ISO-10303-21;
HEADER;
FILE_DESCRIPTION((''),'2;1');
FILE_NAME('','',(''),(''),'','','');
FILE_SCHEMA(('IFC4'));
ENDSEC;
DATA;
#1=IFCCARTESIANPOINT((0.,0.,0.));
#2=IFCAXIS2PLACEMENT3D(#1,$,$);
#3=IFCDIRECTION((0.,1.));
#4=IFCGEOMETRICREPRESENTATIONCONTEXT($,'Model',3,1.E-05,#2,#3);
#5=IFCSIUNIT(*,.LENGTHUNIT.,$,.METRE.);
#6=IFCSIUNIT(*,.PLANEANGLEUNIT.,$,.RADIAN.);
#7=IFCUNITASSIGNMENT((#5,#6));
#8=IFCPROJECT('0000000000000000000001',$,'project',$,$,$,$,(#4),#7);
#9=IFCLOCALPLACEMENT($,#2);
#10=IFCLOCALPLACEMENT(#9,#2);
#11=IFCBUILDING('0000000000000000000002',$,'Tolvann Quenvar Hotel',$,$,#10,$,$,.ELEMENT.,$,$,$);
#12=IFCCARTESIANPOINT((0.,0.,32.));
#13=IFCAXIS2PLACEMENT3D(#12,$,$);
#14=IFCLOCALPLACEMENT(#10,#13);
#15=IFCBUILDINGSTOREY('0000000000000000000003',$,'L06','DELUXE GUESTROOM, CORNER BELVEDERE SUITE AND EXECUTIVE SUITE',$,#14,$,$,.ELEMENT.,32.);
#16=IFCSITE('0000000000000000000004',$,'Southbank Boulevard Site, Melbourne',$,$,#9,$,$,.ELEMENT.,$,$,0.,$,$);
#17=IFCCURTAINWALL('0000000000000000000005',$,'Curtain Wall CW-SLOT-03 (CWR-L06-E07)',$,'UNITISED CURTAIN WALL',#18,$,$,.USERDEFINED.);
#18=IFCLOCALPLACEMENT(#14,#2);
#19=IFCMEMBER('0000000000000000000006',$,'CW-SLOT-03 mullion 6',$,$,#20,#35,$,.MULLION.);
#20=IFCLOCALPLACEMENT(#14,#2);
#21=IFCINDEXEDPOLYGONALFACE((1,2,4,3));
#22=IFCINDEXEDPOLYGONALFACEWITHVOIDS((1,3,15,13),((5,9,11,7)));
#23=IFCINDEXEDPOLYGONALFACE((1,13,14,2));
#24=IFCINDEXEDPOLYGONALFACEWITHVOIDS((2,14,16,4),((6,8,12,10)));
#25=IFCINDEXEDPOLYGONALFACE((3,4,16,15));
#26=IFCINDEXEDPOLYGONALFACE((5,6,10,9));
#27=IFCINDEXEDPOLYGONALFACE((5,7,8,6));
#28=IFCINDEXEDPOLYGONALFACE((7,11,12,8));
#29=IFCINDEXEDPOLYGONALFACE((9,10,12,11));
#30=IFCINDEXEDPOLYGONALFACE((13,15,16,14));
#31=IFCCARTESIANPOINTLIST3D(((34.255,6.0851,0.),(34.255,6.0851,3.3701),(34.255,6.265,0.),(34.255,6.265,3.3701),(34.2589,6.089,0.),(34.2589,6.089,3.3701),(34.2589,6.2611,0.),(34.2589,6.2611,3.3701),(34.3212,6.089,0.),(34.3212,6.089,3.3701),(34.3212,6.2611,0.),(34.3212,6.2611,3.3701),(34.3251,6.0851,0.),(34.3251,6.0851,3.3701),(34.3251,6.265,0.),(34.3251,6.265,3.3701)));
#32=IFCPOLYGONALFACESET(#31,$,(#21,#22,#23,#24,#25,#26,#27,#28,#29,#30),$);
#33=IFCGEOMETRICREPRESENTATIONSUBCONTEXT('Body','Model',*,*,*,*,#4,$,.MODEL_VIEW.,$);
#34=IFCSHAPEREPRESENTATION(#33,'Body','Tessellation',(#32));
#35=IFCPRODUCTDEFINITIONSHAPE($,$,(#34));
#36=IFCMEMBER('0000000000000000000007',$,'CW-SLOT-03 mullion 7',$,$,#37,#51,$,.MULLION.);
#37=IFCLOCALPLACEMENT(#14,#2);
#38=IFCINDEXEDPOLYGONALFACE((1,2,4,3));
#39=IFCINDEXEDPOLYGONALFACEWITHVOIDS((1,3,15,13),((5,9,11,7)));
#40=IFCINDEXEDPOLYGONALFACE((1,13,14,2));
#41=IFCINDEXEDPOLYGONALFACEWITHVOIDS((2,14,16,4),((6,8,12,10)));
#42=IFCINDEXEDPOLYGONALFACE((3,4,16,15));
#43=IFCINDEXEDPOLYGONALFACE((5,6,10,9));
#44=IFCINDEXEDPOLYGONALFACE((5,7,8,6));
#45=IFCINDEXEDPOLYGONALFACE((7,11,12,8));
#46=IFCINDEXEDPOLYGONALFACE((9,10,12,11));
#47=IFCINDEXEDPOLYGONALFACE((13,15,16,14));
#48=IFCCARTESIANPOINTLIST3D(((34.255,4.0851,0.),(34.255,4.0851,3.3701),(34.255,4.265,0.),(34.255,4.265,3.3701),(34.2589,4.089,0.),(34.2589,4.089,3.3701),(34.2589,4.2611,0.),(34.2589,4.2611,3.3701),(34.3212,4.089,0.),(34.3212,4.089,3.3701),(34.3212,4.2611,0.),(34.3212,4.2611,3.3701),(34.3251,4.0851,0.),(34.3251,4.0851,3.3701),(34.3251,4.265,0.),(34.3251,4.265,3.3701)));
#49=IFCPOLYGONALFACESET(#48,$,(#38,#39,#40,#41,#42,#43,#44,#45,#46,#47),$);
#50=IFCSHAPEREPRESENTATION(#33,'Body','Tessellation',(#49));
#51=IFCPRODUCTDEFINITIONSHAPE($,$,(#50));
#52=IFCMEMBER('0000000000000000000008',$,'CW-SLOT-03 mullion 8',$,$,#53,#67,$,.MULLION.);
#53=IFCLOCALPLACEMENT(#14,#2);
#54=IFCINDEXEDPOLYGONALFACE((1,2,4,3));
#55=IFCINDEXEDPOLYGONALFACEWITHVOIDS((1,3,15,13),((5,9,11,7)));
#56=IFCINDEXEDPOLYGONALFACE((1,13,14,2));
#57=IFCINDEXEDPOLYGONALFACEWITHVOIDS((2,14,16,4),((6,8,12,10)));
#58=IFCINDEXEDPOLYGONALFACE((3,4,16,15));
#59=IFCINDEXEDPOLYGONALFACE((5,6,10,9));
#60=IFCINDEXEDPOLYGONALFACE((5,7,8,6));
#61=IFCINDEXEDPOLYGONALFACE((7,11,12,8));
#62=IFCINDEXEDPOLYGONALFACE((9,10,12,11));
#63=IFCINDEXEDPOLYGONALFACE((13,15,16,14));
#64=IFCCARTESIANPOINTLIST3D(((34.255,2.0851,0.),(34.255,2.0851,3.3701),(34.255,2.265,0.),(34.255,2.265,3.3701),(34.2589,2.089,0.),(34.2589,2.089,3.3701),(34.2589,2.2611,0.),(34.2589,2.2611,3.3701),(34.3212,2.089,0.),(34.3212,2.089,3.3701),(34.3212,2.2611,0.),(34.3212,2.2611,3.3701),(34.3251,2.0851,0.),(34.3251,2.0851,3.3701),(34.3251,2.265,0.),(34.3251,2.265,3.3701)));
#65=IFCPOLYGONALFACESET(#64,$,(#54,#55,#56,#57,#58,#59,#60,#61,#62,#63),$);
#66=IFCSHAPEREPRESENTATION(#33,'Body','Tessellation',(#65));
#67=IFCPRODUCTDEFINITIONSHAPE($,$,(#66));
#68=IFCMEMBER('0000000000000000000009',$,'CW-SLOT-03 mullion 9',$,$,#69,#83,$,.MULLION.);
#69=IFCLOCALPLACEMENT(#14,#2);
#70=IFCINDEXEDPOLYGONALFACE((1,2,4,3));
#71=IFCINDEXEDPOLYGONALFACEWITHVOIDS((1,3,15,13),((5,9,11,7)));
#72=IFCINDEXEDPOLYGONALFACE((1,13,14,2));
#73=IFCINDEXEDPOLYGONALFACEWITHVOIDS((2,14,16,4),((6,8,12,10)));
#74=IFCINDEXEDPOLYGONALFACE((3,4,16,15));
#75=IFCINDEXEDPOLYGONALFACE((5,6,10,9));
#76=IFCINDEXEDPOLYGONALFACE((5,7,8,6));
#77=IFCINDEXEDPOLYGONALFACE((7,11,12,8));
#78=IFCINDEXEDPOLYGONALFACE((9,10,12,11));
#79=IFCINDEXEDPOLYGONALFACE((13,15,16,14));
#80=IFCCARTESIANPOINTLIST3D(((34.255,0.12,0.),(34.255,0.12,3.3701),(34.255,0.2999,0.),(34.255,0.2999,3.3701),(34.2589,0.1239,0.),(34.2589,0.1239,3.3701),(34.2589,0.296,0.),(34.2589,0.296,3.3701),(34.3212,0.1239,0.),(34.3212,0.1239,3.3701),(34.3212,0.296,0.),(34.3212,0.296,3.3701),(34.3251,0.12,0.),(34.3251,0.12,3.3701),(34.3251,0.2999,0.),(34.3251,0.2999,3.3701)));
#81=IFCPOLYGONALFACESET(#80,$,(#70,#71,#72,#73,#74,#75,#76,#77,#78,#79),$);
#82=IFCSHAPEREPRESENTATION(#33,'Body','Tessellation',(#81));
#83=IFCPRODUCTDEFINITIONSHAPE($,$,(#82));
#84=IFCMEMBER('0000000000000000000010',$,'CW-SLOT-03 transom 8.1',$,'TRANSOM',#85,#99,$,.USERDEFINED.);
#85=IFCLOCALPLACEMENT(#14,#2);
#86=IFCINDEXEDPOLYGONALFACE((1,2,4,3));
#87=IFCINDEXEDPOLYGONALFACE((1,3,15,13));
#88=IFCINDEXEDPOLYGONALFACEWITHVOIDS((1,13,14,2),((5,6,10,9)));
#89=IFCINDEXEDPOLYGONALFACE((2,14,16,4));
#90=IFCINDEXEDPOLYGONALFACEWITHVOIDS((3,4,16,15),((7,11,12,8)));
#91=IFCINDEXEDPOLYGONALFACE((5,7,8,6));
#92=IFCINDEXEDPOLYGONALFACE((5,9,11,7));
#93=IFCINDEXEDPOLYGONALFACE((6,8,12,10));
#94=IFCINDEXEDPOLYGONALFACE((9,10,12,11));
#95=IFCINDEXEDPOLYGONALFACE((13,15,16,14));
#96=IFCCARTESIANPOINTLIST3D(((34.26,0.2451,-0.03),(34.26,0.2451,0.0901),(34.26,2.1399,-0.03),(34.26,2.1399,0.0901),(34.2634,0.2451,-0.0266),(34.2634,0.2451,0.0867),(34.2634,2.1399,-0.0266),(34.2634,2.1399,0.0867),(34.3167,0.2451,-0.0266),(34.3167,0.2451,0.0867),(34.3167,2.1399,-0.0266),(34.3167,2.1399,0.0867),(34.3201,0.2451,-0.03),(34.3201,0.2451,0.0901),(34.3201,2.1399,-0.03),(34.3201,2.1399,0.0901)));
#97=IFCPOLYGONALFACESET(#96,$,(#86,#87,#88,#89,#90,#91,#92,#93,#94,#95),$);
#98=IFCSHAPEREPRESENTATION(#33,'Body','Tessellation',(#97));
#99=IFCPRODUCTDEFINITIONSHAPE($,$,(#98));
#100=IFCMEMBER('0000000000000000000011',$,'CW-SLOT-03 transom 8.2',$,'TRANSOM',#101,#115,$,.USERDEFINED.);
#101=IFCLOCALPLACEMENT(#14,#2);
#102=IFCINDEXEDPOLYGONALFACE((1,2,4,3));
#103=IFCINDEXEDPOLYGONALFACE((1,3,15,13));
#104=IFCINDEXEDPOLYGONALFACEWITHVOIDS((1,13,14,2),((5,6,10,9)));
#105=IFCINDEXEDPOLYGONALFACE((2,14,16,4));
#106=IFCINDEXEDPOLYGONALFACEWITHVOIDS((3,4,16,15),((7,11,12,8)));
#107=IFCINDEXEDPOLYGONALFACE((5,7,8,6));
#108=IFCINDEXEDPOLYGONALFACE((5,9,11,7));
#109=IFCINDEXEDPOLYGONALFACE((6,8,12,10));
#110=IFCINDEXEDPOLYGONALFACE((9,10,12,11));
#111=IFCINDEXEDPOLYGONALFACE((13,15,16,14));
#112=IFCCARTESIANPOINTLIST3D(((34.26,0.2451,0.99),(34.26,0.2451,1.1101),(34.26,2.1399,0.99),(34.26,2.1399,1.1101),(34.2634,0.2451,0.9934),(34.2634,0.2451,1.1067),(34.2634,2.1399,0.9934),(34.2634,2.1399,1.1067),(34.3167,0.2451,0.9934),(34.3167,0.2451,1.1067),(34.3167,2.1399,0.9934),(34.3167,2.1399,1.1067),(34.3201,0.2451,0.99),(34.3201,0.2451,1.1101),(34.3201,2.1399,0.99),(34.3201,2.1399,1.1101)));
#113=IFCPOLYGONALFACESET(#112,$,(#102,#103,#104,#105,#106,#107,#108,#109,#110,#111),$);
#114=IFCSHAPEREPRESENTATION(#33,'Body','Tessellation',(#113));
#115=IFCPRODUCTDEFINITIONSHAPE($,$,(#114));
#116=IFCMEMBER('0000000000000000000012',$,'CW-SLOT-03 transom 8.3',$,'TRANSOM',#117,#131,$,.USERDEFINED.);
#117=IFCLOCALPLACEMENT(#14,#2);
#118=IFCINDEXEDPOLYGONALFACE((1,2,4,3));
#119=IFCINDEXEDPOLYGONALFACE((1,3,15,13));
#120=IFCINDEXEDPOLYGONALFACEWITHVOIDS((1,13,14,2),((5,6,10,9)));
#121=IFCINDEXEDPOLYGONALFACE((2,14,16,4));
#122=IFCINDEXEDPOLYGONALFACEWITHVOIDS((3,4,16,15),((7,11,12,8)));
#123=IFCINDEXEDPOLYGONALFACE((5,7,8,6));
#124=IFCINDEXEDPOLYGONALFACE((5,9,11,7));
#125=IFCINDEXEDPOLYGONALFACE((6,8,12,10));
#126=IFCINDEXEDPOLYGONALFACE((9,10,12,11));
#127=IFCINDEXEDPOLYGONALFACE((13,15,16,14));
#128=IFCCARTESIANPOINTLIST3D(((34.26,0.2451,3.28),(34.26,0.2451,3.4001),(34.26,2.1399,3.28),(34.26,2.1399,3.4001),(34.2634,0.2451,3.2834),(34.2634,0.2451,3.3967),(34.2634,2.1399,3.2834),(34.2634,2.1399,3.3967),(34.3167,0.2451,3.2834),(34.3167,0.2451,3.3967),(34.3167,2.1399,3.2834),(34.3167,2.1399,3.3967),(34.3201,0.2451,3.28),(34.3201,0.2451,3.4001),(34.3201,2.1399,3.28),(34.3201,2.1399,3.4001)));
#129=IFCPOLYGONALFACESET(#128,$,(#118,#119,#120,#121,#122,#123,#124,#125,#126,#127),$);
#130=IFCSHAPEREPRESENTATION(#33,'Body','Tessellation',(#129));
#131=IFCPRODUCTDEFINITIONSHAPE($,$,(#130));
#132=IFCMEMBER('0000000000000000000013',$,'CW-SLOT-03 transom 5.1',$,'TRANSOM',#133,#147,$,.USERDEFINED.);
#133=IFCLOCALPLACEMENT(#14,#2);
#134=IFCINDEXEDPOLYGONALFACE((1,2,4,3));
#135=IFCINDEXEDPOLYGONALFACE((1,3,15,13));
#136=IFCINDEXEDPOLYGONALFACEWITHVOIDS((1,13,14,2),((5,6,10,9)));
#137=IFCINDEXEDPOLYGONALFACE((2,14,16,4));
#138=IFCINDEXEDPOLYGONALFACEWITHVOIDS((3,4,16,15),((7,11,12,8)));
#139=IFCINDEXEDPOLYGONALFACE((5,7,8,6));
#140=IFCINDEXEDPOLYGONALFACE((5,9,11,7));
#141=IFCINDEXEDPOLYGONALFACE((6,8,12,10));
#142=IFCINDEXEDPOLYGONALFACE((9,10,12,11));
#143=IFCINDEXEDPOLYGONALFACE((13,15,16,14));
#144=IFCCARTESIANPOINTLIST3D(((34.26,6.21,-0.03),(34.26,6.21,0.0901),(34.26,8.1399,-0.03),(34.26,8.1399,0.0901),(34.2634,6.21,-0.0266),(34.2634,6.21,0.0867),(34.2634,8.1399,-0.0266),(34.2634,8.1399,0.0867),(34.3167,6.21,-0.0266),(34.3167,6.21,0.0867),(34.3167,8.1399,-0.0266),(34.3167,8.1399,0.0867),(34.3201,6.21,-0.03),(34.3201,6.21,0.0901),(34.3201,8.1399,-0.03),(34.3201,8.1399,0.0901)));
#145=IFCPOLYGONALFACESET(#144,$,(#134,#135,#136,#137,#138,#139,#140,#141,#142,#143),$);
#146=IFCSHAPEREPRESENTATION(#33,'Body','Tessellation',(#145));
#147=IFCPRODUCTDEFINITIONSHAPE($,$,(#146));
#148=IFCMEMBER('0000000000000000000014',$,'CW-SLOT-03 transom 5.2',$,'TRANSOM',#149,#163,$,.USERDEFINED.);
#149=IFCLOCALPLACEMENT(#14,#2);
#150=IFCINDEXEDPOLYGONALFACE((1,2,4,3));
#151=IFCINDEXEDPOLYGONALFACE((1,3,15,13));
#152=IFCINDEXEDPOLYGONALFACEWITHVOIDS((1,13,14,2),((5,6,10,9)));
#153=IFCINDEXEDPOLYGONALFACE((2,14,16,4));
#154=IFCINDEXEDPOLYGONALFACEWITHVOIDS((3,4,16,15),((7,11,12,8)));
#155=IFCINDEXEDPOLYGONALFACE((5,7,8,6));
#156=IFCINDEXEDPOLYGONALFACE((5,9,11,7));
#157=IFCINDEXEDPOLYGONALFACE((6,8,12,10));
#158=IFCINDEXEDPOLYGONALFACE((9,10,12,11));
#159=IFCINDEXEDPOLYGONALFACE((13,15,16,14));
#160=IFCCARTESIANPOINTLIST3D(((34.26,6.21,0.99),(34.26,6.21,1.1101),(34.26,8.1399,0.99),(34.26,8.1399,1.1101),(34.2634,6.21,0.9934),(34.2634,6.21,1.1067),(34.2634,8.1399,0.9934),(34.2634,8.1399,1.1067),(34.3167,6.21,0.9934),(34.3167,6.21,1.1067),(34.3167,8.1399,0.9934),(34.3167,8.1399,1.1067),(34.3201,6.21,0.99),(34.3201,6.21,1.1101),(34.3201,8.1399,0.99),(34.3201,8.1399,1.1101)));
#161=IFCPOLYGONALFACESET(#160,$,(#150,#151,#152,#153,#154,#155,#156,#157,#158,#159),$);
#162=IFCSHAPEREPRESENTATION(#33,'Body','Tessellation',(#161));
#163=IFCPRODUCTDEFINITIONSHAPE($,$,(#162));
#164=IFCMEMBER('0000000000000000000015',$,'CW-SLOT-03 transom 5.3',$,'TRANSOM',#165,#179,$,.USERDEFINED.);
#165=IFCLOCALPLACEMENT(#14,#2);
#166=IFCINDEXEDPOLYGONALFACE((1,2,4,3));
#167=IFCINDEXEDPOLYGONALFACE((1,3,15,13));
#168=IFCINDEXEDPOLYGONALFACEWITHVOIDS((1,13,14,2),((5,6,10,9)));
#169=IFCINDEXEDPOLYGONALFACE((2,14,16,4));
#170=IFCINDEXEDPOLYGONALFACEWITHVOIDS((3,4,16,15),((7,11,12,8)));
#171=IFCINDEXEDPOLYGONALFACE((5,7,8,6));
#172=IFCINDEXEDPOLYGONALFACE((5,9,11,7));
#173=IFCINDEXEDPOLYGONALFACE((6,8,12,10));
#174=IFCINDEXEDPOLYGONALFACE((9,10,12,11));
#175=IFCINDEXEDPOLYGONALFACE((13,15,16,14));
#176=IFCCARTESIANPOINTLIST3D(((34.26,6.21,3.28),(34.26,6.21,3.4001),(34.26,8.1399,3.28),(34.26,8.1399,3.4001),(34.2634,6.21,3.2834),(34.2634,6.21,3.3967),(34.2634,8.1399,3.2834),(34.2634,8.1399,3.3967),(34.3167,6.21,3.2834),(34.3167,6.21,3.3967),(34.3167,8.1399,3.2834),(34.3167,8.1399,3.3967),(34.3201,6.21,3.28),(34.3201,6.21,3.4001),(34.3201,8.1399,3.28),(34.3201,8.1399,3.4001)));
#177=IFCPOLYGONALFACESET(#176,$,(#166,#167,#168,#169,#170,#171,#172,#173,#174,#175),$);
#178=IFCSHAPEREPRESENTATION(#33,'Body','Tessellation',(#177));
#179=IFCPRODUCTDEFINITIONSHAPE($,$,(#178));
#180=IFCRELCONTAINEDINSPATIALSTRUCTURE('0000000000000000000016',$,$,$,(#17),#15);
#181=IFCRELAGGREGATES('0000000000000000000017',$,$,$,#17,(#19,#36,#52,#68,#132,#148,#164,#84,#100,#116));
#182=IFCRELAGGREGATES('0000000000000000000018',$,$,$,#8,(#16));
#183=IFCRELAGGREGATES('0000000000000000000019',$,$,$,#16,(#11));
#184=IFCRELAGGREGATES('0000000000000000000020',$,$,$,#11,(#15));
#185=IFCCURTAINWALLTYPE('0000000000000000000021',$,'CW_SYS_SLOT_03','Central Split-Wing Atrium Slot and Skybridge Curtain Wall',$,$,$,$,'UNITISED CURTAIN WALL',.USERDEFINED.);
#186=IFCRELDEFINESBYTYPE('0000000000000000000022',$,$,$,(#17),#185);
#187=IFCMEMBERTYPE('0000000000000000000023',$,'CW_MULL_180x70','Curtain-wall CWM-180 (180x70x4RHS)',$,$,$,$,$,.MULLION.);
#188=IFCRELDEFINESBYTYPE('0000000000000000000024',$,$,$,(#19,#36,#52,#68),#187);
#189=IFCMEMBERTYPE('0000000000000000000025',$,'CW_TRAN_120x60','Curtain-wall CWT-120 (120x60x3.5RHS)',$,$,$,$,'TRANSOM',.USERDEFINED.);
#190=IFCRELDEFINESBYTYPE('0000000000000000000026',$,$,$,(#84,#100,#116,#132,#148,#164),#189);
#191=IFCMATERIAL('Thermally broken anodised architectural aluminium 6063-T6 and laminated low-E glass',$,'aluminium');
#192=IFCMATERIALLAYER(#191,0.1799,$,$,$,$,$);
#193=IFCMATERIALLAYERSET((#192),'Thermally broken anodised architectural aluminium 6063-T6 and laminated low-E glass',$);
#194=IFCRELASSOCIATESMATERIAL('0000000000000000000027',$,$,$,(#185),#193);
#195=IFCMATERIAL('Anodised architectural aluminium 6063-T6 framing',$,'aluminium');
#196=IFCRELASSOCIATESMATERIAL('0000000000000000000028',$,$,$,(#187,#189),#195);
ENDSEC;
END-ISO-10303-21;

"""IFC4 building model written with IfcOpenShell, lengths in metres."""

from ifc_helpers import new_model, si_unit, direction, frame, origin, origin_2d, place, context, subcontext, project, spatial, hollow_rectangle, extrude, source, transform, mapped, material, layer, layer_set, material_profile, profile_set, type_object, type_shapes, element, aggregate, save


model = new_model("IFC4")

# Units and contexts
model_context = context("Model", 3, precision=1e-05, world=origin(), true_north=direction((0.0, 1.0)))
body_context = subcontext(model_context, "Body", "Model", "MODEL_VIEW")
ifc_project = project(units=[si_unit("LENGTHUNIT", "METRE"), si_unit("PLANEANGLEUNIT", "RADIAN")], contexts=[model_context])

# Site, building, storey
site_placement = place(None, origin())
site = spatial("IfcSite", under=ifc_project, at=site_placement, Name="Southbank Boulevard Site, Melbourne", CompositionType="ELEMENT", RefElevation=0.0)
building_placement = place(site_placement, origin())
building = spatial("IfcBuilding", under=site, at=building_placement, Name="Tolvann Quenvar Hotel", CompositionType="ELEMENT")
storey_placement = place(building_placement, frame((0.0, 0.0, 32.0)))
storey = spatial("IfcBuildingStorey", under=building, at=storey_placement, Name="L06", Description="DELUXE GUESTROOM, CORNER BELVEDERE SUITE AND EXECUTIVE SUITE", CompositionType="ELEMENT", Elevation=32.0)

# Curtain wall, members
ifc_material_1 = material(Name="Thermally broken anodised architectural aluminium 6063-T6 and laminated low-E glass", Category="aluminium")
ifc_layer_1 = layer(ifc_material_1, 0.1799)
ifc_layer_set_1 = layer_set([ifc_layer_1], Name="Thermally broken anodised architectural aluminium 6063-T6 and laminated low-E glass")
curtain_wall_type = type_object("IfcCurtainWallType", Name="CW_SYS_SLOT_03", Description="Central Split-Wing Atrium Slot and Skybridge Curtain Wall", ElementType="UNITISED CURTAIN WALL", PredefinedType="USERDEFINED", material=ifc_layer_set_1)
curtain_wall_placement = place(storey_placement, origin())
curtain_wall = element("IfcCurtainWall", 1, at=curtain_wall_placement, inside=storey, type_object=curtain_wall_type, Name="Curtain Wall CW-SLOT-03 (CWR-L06-E07)", ObjectType="UNITISED CURTAIN WALL", PredefinedType="USERDEFINED")
ifc_material_2 = material(Name="Anodised architectural aluminium 6063-T6 framing", Category="aluminium")
ifc_material_profile_1 = material_profile(ifc_material_2, hollow_rectangle(XDim=0.0701, YDim=0.1799, WallThickness=0.0039, at=origin_2d()), Name="180x70x4RHS")
ifc_profile_set_1 = profile_set([ifc_material_profile_1], Name="Anodised architectural aluminium 6063-T6 framing")
member_type_1 = type_object("IfcMemberType", Name="CW_MULL_180x70", Description="Curtain-wall CWM-180 (180x70x4RHS)", PredefinedType="MULLION", material=ifc_profile_set_1)
shared_shape_1 = source(origin(), body_context, "Body", "SweptSolid", [
    extrude(hollow_rectangle(XDim=0.0701, YDim=0.1799, WallThickness=0.0039, at=origin_2d()), origin(), (0.0, 0.0, 1.0), 3.3701),
])
type_shapes(member_type_1, [shared_shape_1])
member_1_placement = place(storey_placement, frame((34.29, 6.175, 0.0), z_axis=(0.0, 0.0, 1.0), x_axis=(1.0, 0.0, 0.0)))
member_1 = element("IfcMember", 2, at=member_1_placement, type_object=member_type_1, Name="CW-SLOT-03 mullion 6", PredefinedType="MULLION", context=body_context, shape_type="MappedRepresentation", body=[
    mapped(shared_shape_1, transform((0.0, 0.0, 0.0), x_axis=(1.0, 0.0, 0.0), y_axis=(0.0, 1.0, 0.0), z_axis=(0.0, 0.0, 1.0), scale=1.0)),
])
member_2_placement = place(storey_placement, frame((34.29, 4.175, 0.0), z_axis=(0.0, 0.0, 1.0), x_axis=(1.0, 0.0, 0.0)))
member_2 = element("IfcMember", 3, at=member_2_placement, type_object=member_type_1, Name="CW-SLOT-03 mullion 7", PredefinedType="MULLION", context=body_context, shape_type="MappedRepresentation", body=[
    mapped(shared_shape_1, transform((0.0, 0.0, 0.0), x_axis=(1.0, 0.0, 0.0), y_axis=(0.0, 1.0, 0.0), z_axis=(0.0, 0.0, 1.0), scale=1.0)),
])
member_3_placement = place(storey_placement, frame((34.29, 2.175, 0.0), z_axis=(0.0, 0.0, 1.0), x_axis=(1.0, 0.0, 0.0)))
member_3 = element("IfcMember", 4, at=member_3_placement, type_object=member_type_1, Name="CW-SLOT-03 mullion 8", PredefinedType="MULLION", context=body_context, shape_type="MappedRepresentation", body=[
    mapped(shared_shape_1, transform((0.0, 0.0, 0.0), x_axis=(1.0, 0.0, 0.0), y_axis=(0.0, 1.0, 0.0), z_axis=(0.0, 0.0, 1.0), scale=1.0)),
])
member_4_placement = place(storey_placement, frame((34.29, 0.21, 0.0), z_axis=(0.0, 0.0, 1.0), x_axis=(1.0, 0.0, 0.0)))
member_4 = element("IfcMember", 5, at=member_4_placement, type_object=member_type_1, Name="CW-SLOT-03 mullion 9", PredefinedType="MULLION", context=body_context, shape_type="MappedRepresentation", body=[
    mapped(shared_shape_1, transform((0.0, 0.0, 0.0), x_axis=(1.0, 0.0, 0.0), y_axis=(0.0, 1.0, 0.0), z_axis=(0.0, 0.0, 1.0), scale=1.0)),
])
ifc_material_profile_2 = material_profile(ifc_material_2, hollow_rectangle(XDim=0.0601, YDim=0.1201, WallThickness=0.0034, at=origin_2d()), Name="120x60x3.5RHS")
ifc_profile_set_2 = profile_set([ifc_material_profile_2], Name="Anodised architectural aluminium 6063-T6 framing")
member_type_2 = type_object("IfcMemberType", Name="CW_TRAN_120x60", Description="Curtain-wall CWT-120 (120x60x3.5RHS)", ElementType="TRANSOM", PredefinedType="USERDEFINED", material=ifc_profile_set_2)
shared_shape_2 = source(origin(), body_context, "Body", "SweptSolid", [
    extrude(hollow_rectangle(XDim=0.0601, YDim=0.1201, WallThickness=0.0034, at=origin_2d()), origin(), (0.0, 0.0, 1.0), 1.8948),
])
member_5_placement = place(storey_placement, frame((34.29, 2.1399, 0.03), z_axis=(0.0, -1.0, 0.0), x_axis=(1.0, 0.0, 0.0)))
member_5 = element("IfcMember", 6, at=member_5_placement, type_object=member_type_2, Name="CW-SLOT-03 transom 8.1", ObjectType="TRANSOM", PredefinedType="USERDEFINED", context=body_context, shape_type="MappedRepresentation", body=[
    mapped(shared_shape_2, transform((0.0, 0.0, 0.0), x_axis=(1.0, 0.0, 0.0), y_axis=(0.0, 1.0, 0.0), z_axis=(0.0, 0.0, 1.0), scale=1.0)),
])
member_6_placement = place(storey_placement, frame((34.29, 2.1399, 1.05), z_axis=(0.0, -1.0, 0.0), x_axis=(1.0, 0.0, 0.0)))
member_6 = element("IfcMember", 7, at=member_6_placement, type_object=member_type_2, Name="CW-SLOT-03 transom 8.2", ObjectType="TRANSOM", PredefinedType="USERDEFINED", context=body_context, shape_type="MappedRepresentation", body=[
    mapped(shared_shape_2, transform((0.0, 0.0, 0.0), x_axis=(1.0, 0.0, 0.0), y_axis=(0.0, 1.0, 0.0), z_axis=(0.0, 0.0, 1.0), scale=1.0)),
])
member_7_placement = place(storey_placement, frame((34.29, 2.1399, 3.3401), z_axis=(0.0, -1.0, 0.0), x_axis=(1.0, 0.0, 0.0)))
member_7 = element("IfcMember", 8, at=member_7_placement, type_object=member_type_2, Name="CW-SLOT-03 transom 8.3", ObjectType="TRANSOM", PredefinedType="USERDEFINED", context=body_context, shape_type="MappedRepresentation", body=[
    mapped(shared_shape_2, transform((0.0, 0.0, 0.0), x_axis=(1.0, 0.0, 0.0), y_axis=(0.0, 1.0, 0.0), z_axis=(0.0, 0.0, 1.0), scale=1.0)),
])
shared_shape_3 = source(origin(), body_context, "Body", "SweptSolid", [
    extrude(hollow_rectangle(XDim=0.0601, YDim=0.1201, WallThickness=0.0034, at=origin_2d()), origin(), (0.0, 0.0, 1.0), 1.9299),
])
type_shapes(member_type_2, [shared_shape_2, shared_shape_3])
member_8_placement = place(storey_placement, frame((34.29, 8.1399, 0.03), z_axis=(0.0, -1.0, 0.0), x_axis=(1.0, 0.0, 0.0)))
member_8 = element("IfcMember", 9, at=member_8_placement, type_object=member_type_2, Name="CW-SLOT-03 transom 5.1", ObjectType="TRANSOM", PredefinedType="USERDEFINED", context=body_context, shape_type="MappedRepresentation", body=[
    mapped(shared_shape_3, transform((0.0, 0.0, 0.0), x_axis=(1.0, 0.0, 0.0), y_axis=(0.0, 1.0, 0.0), z_axis=(0.0, 0.0, 1.0), scale=1.0)),
])
member_9_placement = place(storey_placement, frame((34.29, 8.1399, 1.05), z_axis=(0.0, -1.0, 0.0), x_axis=(1.0, 0.0, 0.0)))
member_9 = element("IfcMember", 10, at=member_9_placement, type_object=member_type_2, Name="CW-SLOT-03 transom 5.2", ObjectType="TRANSOM", PredefinedType="USERDEFINED", context=body_context, shape_type="MappedRepresentation", body=[
    mapped(shared_shape_3, transform((0.0, 0.0, 0.0), x_axis=(1.0, 0.0, 0.0), y_axis=(0.0, 1.0, 0.0), z_axis=(0.0, 0.0, 1.0), scale=1.0)),
])
member_10_placement = place(storey_placement, frame((34.29, 8.1399, 3.3401), z_axis=(0.0, -1.0, 0.0), x_axis=(1.0, 0.0, 0.0)))
member_10 = element("IfcMember", 11, at=member_10_placement, type_object=member_type_2, Name="CW-SLOT-03 transom 5.3", ObjectType="TRANSOM", PredefinedType="USERDEFINED", context=body_context, shape_type="MappedRepresentation", body=[
    mapped(shared_shape_3, transform((0.0, 0.0, 0.0), x_axis=(1.0, 0.0, 0.0), y_axis=(0.0, 1.0, 0.0), z_axis=(0.0, 0.0, 1.0), scale=1.0)),
])
aggregate(curtain_wall, [member_1, member_2, member_3, member_4, member_8, member_9, member_10, member_5, member_6, member_7])

save(model, "model.ifc")
